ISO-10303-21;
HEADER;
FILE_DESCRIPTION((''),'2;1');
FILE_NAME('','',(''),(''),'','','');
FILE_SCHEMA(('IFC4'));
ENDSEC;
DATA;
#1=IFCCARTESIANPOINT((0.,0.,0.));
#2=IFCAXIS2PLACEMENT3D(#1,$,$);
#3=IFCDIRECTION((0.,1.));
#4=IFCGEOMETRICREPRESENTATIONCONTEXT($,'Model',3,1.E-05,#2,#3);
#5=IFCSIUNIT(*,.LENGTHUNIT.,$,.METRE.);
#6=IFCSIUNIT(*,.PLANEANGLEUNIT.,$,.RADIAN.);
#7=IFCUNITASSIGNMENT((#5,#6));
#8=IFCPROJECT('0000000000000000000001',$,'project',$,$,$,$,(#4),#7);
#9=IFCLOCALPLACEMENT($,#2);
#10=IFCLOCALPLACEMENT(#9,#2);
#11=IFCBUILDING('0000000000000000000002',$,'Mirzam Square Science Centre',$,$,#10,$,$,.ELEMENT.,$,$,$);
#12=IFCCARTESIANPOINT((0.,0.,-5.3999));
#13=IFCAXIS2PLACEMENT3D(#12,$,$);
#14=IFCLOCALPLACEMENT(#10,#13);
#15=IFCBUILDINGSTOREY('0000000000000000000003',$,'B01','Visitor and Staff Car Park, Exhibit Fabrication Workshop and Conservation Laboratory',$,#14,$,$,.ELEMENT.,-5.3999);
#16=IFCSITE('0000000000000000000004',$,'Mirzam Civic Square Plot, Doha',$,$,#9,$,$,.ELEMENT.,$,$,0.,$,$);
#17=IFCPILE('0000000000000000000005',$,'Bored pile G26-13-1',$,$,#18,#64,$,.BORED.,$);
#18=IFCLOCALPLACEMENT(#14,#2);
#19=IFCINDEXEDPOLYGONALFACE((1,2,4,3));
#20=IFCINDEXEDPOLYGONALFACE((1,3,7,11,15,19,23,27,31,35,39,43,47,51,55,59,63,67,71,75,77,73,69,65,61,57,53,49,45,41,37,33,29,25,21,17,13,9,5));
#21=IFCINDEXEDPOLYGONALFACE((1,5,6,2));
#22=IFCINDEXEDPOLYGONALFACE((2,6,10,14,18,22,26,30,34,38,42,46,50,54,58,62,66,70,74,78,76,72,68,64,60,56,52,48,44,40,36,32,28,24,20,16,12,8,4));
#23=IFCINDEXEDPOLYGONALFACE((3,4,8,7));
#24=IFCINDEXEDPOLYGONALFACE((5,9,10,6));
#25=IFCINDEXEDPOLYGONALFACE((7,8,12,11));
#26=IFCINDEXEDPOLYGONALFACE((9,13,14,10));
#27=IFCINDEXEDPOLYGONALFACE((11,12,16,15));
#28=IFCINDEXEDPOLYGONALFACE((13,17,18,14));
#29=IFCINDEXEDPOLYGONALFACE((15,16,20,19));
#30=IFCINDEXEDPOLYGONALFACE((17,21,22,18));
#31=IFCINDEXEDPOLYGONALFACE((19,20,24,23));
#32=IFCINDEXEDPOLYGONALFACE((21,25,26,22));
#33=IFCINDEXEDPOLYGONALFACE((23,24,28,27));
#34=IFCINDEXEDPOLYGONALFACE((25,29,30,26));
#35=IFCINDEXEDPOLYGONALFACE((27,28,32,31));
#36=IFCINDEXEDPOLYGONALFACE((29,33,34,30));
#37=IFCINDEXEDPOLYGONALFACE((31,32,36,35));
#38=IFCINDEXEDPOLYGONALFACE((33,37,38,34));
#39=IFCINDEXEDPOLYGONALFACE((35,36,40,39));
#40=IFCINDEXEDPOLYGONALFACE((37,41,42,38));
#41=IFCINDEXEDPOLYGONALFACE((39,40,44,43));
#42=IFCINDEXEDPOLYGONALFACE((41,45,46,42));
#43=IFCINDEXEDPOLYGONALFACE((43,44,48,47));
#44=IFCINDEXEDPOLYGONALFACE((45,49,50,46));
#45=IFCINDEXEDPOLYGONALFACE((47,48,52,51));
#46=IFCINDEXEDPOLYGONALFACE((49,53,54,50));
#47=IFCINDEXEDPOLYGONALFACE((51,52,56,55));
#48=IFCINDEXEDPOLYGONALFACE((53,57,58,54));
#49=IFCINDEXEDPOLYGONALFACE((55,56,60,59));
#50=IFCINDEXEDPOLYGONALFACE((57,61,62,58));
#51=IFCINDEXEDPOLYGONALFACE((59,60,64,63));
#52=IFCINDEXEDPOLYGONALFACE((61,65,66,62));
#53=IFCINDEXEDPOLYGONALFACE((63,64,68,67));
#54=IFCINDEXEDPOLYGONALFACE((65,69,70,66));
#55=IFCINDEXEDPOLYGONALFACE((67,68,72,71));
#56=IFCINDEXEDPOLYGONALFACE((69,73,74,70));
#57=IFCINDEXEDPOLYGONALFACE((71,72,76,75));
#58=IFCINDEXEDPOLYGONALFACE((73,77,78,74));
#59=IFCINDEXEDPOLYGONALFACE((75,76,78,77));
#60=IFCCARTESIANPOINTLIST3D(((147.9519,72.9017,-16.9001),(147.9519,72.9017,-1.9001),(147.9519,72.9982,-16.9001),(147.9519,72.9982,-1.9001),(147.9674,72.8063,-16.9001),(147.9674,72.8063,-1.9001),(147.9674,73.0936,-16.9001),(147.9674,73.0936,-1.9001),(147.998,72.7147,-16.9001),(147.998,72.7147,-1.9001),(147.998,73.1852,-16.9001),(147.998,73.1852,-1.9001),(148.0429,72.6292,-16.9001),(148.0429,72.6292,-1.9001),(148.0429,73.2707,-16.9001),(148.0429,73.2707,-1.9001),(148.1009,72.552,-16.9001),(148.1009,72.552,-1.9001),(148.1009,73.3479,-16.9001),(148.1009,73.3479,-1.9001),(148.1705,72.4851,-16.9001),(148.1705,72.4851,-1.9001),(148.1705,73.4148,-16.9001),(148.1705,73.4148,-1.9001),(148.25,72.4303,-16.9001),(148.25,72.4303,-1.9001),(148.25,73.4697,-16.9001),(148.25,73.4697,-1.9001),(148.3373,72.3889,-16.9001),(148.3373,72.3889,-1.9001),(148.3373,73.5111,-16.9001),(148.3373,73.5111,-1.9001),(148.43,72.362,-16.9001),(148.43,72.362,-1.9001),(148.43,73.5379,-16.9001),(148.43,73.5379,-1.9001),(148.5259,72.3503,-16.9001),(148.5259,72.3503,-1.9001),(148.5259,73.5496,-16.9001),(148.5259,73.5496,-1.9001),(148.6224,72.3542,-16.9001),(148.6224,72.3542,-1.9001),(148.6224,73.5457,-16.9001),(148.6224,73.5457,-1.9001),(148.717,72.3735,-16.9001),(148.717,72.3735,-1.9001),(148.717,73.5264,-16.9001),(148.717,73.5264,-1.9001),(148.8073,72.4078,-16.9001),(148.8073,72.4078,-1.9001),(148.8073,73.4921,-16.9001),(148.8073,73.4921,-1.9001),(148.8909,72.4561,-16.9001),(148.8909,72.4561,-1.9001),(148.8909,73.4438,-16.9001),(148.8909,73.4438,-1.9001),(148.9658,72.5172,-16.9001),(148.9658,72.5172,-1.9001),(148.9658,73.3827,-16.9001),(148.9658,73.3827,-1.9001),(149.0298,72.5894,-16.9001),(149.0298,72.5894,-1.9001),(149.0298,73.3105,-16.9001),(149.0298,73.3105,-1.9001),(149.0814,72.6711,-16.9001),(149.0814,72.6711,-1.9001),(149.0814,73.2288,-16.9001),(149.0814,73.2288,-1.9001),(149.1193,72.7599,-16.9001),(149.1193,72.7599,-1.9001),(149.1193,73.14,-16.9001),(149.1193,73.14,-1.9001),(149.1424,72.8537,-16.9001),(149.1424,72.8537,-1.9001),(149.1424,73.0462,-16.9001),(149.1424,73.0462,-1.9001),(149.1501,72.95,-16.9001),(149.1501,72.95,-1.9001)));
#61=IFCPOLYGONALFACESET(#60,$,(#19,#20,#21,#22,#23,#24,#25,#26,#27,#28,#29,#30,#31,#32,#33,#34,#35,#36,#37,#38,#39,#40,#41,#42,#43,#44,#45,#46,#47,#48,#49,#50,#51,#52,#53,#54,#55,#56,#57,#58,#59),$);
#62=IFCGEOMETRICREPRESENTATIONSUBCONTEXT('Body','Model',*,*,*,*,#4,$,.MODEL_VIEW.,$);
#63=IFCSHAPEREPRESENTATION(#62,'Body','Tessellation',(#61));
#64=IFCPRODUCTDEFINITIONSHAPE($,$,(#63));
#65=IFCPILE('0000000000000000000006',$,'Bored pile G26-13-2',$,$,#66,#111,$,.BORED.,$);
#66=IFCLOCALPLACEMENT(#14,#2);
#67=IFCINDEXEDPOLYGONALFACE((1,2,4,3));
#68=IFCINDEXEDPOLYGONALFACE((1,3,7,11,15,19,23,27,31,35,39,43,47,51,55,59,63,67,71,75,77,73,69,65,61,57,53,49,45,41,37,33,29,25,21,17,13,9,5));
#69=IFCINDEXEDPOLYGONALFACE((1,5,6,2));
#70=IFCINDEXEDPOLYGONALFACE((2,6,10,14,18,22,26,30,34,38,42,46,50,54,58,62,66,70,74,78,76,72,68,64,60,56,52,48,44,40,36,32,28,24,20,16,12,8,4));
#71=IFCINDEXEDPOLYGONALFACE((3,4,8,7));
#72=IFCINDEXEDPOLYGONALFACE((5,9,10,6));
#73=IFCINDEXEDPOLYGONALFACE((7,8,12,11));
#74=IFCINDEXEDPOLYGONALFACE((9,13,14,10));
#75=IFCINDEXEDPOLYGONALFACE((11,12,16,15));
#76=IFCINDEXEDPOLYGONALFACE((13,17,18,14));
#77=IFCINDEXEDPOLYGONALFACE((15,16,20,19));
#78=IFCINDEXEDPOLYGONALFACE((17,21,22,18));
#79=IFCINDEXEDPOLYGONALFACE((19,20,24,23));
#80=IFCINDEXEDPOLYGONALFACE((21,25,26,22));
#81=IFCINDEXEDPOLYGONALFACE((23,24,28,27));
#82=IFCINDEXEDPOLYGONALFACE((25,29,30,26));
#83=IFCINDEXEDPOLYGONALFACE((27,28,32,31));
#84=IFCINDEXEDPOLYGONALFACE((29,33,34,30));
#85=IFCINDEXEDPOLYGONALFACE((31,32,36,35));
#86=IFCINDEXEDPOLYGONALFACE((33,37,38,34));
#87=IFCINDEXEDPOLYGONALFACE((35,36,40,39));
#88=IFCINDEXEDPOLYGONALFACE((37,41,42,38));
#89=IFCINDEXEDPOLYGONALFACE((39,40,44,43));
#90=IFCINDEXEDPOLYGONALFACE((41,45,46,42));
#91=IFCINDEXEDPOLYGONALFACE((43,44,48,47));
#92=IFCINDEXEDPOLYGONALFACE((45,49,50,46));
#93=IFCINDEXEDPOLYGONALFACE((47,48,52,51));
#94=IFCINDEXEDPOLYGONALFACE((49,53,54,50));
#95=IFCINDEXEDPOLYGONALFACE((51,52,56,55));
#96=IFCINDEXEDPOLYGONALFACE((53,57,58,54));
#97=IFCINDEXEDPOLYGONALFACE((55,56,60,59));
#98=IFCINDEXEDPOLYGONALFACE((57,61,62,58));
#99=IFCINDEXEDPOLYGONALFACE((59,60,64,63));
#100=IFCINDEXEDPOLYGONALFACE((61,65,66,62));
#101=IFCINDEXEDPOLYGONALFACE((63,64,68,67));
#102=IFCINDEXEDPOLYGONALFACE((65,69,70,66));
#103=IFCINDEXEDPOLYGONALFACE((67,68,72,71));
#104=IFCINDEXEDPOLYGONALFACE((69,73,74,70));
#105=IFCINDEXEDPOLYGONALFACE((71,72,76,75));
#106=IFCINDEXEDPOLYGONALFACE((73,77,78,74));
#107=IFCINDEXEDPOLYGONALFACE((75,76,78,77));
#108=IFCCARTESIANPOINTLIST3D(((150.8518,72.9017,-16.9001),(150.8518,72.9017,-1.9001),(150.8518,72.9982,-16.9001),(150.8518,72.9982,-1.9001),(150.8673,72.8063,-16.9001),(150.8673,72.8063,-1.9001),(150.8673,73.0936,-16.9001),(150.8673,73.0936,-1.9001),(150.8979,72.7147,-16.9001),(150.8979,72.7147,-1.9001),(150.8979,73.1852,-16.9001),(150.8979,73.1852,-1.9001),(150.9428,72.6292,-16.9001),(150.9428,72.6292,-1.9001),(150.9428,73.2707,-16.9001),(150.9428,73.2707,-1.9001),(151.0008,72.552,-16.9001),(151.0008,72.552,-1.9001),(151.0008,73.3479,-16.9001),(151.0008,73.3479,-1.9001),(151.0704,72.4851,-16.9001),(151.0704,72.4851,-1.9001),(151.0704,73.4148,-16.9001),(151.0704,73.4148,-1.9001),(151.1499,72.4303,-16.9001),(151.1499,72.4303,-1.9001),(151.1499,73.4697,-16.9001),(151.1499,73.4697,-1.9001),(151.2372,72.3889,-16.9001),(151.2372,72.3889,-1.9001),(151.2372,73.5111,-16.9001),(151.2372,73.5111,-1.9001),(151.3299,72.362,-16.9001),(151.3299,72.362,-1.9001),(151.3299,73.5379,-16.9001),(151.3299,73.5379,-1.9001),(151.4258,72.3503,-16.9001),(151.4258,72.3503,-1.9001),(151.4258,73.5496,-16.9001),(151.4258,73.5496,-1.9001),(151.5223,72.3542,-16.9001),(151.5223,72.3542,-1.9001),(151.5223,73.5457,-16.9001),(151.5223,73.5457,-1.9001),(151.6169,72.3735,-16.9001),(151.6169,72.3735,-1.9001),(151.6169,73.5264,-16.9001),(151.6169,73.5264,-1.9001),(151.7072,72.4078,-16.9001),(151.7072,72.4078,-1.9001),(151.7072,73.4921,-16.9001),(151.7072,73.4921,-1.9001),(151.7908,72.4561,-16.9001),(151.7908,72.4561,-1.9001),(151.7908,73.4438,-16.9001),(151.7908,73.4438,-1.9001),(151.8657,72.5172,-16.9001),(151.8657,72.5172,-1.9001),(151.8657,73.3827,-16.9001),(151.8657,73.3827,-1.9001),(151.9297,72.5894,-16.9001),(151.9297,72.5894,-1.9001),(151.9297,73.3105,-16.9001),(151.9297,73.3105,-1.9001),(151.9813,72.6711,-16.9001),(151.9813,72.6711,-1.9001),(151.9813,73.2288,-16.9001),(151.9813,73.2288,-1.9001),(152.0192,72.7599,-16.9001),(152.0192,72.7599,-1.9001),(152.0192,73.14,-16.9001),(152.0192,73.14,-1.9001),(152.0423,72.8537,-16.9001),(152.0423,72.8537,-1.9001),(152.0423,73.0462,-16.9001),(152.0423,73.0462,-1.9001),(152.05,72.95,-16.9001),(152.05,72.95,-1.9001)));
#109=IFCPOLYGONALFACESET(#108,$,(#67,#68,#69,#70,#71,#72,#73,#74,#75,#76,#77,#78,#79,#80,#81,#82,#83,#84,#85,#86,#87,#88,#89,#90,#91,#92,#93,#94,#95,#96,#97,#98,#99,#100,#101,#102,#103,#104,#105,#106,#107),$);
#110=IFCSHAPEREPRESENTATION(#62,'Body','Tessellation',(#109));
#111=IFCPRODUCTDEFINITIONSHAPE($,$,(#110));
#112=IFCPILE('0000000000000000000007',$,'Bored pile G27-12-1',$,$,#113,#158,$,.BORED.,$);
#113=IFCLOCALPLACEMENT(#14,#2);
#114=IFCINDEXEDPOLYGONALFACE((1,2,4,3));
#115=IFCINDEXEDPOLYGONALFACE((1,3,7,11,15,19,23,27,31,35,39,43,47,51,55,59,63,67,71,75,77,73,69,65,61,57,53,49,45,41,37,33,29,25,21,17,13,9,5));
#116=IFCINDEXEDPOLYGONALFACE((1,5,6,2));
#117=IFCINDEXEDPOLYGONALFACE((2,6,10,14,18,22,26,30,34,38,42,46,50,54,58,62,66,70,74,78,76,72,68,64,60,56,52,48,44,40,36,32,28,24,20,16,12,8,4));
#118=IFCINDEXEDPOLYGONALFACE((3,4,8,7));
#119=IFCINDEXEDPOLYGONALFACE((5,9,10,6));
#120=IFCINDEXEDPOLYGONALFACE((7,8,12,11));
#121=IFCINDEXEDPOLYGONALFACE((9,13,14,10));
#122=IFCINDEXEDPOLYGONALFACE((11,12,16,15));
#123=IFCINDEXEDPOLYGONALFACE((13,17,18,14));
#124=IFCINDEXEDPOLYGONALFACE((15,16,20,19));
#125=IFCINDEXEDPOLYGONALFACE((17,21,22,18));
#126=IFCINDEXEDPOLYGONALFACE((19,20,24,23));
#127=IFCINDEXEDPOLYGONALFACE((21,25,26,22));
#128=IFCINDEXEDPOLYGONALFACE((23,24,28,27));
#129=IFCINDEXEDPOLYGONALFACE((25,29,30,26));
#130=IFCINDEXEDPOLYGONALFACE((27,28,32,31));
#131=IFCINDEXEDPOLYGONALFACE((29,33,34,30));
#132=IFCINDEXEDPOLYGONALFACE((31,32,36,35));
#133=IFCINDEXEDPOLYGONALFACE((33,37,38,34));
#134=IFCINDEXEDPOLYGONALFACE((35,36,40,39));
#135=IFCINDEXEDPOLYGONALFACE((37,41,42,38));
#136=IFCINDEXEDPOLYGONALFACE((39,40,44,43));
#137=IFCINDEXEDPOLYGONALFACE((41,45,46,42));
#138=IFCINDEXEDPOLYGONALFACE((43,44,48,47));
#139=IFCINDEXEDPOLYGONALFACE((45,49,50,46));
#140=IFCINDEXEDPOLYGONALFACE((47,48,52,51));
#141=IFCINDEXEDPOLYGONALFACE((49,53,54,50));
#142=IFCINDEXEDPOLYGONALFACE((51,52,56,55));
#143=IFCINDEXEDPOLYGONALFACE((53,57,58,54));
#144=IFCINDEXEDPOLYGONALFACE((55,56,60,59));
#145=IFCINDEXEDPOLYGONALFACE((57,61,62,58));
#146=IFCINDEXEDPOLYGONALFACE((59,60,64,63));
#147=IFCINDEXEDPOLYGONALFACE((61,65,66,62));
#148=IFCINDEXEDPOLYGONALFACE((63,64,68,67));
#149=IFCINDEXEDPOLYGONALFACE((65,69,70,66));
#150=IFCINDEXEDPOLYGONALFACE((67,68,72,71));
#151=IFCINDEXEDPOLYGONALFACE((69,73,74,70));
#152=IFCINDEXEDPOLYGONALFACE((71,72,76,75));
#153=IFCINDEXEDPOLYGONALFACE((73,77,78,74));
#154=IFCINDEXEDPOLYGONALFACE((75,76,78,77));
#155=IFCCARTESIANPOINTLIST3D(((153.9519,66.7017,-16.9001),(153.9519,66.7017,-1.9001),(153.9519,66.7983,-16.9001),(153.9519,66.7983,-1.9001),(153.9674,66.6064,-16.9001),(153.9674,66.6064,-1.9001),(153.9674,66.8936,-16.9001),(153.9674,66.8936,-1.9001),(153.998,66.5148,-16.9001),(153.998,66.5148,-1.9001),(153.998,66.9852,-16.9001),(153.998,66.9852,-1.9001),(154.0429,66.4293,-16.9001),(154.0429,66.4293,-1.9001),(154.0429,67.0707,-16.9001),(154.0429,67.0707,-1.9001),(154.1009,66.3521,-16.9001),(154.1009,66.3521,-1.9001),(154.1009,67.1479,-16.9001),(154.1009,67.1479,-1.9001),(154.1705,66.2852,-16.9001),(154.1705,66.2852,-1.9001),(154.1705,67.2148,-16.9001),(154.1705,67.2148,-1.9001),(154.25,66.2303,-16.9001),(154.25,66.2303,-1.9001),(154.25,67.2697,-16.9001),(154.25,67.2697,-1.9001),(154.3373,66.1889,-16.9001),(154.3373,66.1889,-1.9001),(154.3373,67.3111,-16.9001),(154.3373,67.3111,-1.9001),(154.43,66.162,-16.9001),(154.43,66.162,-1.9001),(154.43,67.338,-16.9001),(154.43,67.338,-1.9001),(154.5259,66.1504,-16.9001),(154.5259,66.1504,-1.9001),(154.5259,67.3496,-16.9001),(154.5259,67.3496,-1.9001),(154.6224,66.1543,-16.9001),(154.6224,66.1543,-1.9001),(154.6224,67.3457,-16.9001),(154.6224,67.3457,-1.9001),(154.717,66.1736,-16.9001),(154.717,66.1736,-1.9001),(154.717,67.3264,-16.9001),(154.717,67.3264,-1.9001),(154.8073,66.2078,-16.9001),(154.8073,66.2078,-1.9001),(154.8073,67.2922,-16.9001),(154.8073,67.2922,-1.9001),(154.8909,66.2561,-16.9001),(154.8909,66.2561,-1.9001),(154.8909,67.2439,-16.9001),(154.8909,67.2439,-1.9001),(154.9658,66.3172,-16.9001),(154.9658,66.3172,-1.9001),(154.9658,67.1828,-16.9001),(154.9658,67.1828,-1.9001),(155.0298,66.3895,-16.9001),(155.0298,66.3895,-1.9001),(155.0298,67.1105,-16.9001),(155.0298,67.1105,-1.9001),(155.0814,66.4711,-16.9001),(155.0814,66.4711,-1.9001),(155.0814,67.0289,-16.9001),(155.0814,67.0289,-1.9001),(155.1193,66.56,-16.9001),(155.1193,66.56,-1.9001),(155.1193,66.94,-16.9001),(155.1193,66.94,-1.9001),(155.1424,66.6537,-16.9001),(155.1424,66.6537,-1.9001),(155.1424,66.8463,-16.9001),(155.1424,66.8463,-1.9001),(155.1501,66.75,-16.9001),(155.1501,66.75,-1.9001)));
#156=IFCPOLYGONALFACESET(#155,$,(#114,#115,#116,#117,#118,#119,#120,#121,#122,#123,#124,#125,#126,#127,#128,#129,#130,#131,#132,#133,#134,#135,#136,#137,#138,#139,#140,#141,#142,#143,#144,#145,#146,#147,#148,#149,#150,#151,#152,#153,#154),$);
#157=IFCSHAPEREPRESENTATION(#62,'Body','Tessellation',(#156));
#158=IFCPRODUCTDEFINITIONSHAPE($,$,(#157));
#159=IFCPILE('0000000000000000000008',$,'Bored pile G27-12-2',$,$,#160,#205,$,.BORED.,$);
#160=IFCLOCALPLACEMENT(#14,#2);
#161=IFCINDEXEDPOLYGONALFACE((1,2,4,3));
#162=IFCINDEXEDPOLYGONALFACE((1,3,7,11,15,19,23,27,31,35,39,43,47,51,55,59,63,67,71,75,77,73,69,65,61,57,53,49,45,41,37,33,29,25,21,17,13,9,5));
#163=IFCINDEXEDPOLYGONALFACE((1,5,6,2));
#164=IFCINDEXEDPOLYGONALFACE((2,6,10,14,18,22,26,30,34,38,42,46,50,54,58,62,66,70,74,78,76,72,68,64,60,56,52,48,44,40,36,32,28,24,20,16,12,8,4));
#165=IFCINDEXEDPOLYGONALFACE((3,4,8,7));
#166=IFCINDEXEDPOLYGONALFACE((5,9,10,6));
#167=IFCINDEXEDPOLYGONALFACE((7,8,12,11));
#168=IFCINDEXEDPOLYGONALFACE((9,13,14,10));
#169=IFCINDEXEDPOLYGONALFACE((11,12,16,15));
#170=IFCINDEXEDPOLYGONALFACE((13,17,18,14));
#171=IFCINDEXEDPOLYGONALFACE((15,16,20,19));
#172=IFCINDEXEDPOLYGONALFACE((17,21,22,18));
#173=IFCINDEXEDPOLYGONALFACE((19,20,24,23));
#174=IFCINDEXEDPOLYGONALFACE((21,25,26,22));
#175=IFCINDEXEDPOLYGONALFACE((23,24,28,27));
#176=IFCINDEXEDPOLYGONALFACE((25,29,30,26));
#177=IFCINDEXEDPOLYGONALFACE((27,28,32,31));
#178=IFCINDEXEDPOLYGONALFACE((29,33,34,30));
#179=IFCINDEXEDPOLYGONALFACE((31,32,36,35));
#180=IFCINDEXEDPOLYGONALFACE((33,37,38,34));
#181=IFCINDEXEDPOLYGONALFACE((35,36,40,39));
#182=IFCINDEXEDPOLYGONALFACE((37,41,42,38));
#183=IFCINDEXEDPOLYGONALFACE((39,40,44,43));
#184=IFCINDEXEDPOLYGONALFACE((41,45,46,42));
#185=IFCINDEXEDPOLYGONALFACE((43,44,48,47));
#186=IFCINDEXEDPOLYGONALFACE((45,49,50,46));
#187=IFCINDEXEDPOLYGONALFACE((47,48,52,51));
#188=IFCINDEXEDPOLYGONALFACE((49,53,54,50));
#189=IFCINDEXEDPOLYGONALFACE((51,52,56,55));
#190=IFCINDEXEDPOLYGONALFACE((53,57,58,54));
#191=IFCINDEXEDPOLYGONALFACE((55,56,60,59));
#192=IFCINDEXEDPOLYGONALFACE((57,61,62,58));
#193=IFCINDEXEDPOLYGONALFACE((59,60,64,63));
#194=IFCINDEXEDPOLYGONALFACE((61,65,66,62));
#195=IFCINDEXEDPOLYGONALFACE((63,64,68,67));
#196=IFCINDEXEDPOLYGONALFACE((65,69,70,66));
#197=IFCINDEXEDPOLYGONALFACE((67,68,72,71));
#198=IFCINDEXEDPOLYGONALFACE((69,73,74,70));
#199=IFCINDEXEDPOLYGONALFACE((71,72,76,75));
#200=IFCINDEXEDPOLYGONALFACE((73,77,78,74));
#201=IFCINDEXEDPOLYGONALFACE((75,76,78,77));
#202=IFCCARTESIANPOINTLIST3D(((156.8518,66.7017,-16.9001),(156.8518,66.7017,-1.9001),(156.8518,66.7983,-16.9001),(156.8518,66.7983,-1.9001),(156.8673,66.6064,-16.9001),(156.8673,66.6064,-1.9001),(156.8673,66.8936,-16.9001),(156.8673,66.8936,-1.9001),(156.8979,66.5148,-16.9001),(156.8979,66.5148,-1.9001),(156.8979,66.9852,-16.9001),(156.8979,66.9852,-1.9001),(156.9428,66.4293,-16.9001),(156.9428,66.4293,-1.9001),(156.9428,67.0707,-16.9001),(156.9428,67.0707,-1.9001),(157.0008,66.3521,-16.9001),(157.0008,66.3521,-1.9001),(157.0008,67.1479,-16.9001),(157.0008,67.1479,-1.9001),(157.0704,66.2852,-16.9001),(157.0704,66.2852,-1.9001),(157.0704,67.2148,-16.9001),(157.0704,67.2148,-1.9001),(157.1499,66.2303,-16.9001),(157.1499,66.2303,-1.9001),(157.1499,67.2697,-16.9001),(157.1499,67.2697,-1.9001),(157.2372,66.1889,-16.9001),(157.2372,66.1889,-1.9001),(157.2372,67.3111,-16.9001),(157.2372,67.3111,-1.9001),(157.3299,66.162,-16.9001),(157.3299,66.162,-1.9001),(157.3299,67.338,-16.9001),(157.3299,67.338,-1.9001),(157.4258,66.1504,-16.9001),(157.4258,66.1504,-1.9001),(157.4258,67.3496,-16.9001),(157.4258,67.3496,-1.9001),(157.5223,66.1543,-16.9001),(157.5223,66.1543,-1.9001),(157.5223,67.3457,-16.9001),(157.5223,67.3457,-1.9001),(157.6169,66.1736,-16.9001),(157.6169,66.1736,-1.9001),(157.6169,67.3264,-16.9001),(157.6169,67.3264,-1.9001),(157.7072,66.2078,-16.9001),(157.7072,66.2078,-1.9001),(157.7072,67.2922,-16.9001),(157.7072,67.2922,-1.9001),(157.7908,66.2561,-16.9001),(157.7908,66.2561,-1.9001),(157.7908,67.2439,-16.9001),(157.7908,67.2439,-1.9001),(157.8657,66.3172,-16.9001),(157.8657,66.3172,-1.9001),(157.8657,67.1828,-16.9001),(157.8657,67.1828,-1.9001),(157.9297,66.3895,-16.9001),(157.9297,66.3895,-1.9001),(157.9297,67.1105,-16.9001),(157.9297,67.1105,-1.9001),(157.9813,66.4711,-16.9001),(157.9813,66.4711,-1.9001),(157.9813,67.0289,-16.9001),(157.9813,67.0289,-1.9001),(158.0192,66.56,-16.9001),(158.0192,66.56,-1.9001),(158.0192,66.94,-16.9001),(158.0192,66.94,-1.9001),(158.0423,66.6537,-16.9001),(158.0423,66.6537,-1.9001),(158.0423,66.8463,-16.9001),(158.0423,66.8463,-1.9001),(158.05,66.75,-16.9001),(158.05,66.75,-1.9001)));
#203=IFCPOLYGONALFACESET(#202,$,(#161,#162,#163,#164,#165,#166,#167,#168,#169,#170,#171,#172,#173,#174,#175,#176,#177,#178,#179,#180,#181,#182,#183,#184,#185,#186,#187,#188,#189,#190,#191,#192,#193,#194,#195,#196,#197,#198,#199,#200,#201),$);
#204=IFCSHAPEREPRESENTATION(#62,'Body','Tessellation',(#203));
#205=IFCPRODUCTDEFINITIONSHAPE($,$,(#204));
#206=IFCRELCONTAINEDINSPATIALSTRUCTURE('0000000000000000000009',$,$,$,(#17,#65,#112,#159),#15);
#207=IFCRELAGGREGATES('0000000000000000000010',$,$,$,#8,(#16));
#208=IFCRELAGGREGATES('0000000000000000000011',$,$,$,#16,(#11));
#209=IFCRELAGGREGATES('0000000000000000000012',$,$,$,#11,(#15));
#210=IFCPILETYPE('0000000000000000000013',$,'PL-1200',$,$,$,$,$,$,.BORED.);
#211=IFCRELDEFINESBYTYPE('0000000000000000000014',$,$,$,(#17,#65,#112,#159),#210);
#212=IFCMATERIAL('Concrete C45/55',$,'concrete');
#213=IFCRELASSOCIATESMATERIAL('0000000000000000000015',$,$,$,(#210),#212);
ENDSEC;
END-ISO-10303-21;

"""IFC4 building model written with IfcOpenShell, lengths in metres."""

from ifc_helpers import new_model, si_unit, direction, frame, origin, origin_2d, place, context, subcontext, project, spatial, circle, extrude, material, material_profile, profile_set, type_object, element, save


model = new_model("IFC4")

# Units and contexts
model_context = context("Model", 3, precision=1e-05, world=origin(), true_north=direction((0.0, 1.0)))
body_context = subcontext(model_context, "Body", "Model", "MODEL_VIEW")
ifc_project = project(units=[si_unit("LENGTHUNIT", "METRE"), si_unit("PLANEANGLEUNIT", "RADIAN")], contexts=[model_context])

# Site, building, storey
site_placement = place(None, origin())
site = spatial("IfcSite", under=ifc_project, at=site_placement, Name="Mirzam Civic Square Plot, Doha", CompositionType="ELEMENT", RefElevation=0.0)
building_placement = place(site_placement, origin())
building = spatial("IfcBuilding", under=site, at=building_placement, Name="Mirzam Square Science Centre", CompositionType="ELEMENT")
storey_placement = place(building_placement, frame((0.0, 0.0, -5.3999)))
storey = spatial("IfcBuildingStorey", under=building, at=storey_placement, Name="B01", Description="Visitor and Staff Car Park, Exhibit Fabrication Workshop and Conservation Laboratory", CompositionType="ELEMENT", Elevation=-5.3999)

# Shared definitions
ifc_material_1 = material(Name="Concrete C45/55", Category="concrete")

# Piles
ifc_material_profile_1 = material_profile(ifc_material_1, circle(Radius=0.6001, at=origin_2d()), Name="PILE-D1200")
ifc_profile_set_1 = profile_set([ifc_material_profile_1], Name="Concrete C45/55")
pile_type_1 = type_object("IfcPileType", Name="PL-1200", PredefinedType="BORED", material=ifc_profile_set_1)
for number, where, z_axis, x_axis, name in (
    (1, (148.55, 72.95, -1.9001), (0.0, 0.0, -1.0), (1.0, 0.0, 0.0), "Bored pile G26-13-1"),
    (2, (151.45, 72.95, -1.9001), (0.0, 0.0, -1.0), (1.0, 0.0, 0.0), "Bored pile G26-13-2"),
    (3, (154.55, 66.75, -1.9001), (0.0, 0.0, -1.0), (1.0, 0.0, 0.0), "Bored pile G27-12-1"),
    (4, (157.45, 66.75, -1.9001), (0.0, 0.0, -1.0), (1.0, 0.0, 0.0), "Bored pile G27-12-2"),
):
    element("IfcPile", number, at=place(storey_placement, frame(where, z_axis=z_axis, x_axis=x_axis)), inside=storey, type_object=pile_type_1, Name=name, PredefinedType="BORED", context=body_context, shape_type="SweptSolid", body=[
        extrude(circle(Radius=0.6001, at=origin_2d()), origin(), (0.0, 0.0, 1.0), 15.0),
    ])

save(model, "model.ifc")
